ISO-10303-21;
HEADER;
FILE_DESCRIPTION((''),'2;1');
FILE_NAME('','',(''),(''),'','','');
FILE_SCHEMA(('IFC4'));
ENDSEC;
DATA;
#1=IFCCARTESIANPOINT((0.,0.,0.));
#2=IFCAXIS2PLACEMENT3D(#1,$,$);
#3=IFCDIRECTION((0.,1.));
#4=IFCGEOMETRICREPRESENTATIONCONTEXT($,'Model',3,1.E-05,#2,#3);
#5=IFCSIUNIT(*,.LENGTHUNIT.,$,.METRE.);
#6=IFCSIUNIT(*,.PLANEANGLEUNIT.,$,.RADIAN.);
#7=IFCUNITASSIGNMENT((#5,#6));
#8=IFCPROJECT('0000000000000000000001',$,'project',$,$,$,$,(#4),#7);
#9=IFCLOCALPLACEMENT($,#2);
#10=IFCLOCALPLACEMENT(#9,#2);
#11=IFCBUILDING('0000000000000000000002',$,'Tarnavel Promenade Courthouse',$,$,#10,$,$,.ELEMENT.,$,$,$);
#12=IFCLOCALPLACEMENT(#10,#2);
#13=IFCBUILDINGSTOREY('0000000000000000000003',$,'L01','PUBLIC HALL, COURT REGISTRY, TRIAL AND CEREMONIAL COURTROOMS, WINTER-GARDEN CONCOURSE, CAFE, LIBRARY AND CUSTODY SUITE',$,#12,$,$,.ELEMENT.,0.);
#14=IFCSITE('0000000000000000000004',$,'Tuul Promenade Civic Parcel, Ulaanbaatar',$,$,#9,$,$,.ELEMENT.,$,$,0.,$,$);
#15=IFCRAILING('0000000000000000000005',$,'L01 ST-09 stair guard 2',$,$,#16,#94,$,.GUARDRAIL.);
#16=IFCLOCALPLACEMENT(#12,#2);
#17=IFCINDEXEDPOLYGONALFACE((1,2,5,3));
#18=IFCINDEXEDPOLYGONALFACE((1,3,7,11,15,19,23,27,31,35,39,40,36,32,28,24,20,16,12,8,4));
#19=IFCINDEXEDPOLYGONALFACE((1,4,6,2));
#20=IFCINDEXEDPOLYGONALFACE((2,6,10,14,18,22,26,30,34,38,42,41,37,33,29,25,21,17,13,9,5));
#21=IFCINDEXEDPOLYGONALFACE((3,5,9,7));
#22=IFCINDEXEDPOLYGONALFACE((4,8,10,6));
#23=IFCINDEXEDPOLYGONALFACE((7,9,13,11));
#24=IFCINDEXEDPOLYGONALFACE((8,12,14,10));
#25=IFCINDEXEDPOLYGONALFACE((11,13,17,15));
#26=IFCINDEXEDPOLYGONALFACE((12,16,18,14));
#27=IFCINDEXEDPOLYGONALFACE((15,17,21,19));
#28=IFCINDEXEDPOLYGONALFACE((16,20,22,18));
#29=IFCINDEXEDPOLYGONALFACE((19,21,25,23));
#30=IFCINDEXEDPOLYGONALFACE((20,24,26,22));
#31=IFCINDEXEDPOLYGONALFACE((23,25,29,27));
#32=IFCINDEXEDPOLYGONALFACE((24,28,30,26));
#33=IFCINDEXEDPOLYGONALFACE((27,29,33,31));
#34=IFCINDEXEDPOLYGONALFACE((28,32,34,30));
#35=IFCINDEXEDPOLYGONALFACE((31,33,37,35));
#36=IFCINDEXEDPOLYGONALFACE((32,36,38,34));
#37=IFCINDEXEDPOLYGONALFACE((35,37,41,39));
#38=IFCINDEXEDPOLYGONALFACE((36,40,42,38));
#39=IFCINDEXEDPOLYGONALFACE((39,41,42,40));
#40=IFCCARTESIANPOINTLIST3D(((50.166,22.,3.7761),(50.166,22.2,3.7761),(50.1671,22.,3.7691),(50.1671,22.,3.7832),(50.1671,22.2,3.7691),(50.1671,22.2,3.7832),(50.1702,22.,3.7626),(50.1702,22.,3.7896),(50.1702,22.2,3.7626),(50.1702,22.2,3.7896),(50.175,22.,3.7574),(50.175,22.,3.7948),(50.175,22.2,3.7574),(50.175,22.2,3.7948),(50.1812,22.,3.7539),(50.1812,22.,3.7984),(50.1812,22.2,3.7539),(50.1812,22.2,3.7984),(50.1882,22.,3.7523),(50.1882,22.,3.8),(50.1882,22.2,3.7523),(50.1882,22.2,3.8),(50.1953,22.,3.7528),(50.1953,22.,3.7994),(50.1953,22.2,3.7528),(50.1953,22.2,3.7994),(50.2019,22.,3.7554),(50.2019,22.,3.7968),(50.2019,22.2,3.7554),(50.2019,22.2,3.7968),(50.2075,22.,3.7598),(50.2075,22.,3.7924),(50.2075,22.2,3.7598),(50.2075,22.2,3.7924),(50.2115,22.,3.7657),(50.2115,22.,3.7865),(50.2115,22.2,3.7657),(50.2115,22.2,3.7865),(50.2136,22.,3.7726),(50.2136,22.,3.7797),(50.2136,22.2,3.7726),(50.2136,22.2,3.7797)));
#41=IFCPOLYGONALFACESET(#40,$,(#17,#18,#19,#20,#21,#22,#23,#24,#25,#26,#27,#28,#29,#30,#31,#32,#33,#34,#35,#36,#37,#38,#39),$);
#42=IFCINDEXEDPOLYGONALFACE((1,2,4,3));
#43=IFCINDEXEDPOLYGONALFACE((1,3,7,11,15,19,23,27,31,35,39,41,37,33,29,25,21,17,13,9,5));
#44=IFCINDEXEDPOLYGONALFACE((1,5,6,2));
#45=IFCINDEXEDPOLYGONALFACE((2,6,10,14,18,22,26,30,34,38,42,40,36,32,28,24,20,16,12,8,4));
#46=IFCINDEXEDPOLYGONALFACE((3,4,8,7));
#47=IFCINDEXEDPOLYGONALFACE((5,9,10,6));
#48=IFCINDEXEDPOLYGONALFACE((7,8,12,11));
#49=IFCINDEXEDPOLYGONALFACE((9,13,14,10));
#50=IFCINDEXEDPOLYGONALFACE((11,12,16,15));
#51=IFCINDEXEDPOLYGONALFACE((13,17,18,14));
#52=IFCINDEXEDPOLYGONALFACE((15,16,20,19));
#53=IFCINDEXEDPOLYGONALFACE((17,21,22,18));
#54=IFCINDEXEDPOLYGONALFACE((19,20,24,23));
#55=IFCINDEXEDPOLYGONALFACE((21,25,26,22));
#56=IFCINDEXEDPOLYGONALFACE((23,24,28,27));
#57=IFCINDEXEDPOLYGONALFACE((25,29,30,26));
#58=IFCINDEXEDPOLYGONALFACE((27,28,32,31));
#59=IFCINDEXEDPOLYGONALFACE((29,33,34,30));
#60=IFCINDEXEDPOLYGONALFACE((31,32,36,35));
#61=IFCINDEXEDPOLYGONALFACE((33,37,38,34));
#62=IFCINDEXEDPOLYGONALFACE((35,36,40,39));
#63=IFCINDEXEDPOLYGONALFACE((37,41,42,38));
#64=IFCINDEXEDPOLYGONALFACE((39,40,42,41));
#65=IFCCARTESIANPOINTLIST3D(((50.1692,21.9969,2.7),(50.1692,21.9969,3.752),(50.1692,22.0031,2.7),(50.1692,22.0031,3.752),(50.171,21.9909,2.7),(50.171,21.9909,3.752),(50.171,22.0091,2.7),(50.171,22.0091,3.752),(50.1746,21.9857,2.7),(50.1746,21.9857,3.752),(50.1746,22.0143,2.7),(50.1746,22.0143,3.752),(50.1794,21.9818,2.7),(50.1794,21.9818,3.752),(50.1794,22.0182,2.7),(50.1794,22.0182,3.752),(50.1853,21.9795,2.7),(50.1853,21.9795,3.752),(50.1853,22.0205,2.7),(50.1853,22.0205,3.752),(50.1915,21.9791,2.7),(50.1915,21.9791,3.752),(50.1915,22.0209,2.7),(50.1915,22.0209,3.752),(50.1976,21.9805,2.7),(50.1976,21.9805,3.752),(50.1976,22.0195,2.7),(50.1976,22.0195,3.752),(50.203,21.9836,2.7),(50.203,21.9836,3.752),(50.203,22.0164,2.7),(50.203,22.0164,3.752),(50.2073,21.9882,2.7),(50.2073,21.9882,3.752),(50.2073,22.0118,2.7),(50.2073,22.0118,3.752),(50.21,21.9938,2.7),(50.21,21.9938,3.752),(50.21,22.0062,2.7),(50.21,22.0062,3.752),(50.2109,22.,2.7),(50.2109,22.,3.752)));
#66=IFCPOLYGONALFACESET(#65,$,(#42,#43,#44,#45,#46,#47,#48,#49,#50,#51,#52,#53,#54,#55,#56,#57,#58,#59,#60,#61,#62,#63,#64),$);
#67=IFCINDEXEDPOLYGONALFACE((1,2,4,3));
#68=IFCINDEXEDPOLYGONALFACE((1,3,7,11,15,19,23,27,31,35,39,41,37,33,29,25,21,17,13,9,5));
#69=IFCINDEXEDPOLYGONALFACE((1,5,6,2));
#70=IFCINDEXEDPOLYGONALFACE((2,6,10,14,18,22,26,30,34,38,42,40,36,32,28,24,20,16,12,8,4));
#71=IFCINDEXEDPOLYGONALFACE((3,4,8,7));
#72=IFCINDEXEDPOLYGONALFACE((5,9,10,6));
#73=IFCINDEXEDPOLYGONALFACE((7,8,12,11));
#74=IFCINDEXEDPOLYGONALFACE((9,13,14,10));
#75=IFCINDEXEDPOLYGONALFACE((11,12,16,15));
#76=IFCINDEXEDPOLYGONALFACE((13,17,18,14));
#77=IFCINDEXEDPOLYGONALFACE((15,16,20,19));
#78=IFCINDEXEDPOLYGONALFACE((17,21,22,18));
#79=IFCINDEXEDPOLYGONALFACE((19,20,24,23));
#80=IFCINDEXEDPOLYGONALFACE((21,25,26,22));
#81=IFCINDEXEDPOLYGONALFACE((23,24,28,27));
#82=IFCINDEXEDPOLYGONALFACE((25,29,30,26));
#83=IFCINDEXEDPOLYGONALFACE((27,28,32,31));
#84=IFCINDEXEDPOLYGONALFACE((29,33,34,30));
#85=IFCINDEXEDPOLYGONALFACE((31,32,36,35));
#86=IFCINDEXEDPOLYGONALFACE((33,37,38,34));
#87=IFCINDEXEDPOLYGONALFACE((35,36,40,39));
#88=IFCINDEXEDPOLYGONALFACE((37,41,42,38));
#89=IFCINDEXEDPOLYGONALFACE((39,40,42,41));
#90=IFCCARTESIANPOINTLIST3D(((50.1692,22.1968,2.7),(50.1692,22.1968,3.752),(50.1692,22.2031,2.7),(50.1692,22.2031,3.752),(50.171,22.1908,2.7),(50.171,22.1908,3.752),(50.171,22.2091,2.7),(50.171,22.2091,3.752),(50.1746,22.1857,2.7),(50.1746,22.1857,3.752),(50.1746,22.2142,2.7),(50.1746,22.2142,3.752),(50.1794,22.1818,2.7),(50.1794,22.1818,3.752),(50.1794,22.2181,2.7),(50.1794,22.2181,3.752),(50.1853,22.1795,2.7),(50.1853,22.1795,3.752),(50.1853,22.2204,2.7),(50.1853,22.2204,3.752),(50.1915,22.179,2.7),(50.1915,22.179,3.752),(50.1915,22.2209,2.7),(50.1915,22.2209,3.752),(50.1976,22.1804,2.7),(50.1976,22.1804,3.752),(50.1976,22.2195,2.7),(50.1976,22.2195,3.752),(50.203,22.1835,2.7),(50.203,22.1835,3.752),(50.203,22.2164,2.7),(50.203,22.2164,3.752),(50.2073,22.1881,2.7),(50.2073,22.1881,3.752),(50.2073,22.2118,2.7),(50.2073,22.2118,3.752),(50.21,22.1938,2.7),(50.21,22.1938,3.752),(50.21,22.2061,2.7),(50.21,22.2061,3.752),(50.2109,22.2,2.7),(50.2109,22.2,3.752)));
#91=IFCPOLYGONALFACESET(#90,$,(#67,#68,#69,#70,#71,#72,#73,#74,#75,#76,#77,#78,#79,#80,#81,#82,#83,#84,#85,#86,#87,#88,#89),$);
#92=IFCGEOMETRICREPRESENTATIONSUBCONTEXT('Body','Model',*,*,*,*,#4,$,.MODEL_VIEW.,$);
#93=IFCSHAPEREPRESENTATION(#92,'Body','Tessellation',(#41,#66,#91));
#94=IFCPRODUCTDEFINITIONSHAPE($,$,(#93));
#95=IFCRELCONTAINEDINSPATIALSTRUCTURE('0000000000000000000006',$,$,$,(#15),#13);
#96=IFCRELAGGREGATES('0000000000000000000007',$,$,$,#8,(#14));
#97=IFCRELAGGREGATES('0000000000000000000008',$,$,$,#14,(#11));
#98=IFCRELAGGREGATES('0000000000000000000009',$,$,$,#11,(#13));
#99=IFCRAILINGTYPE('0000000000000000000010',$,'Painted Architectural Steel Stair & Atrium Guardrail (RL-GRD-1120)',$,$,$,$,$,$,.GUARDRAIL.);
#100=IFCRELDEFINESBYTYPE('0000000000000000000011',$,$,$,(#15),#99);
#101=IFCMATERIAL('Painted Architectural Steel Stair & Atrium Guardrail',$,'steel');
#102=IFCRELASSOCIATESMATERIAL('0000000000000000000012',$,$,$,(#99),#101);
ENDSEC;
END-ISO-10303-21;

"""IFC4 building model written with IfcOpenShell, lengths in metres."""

from ifc_helpers import new_model, si_unit, direction, frame, origin, origin_2d, place, context, subcontext, project, spatial, circle, extrude, material, type_object, element, save


model = new_model("IFC4")

# Units and contexts
model_context = context("Model", 3, precision=1e-05, world=origin(), true_north=direction((0.0, 1.0)))
body_context = subcontext(model_context, "Body", "Model", "MODEL_VIEW")
ifc_project = project(units=[si_unit("LENGTHUNIT", "METRE"), si_unit("PLANEANGLEUNIT", "RADIAN")], contexts=[model_context])

# Site, building, storey
site_placement = place(None, origin())
site = spatial("IfcSite", under=ifc_project, at=site_placement, Name="Tuul Promenade Civic Parcel, Ulaanbaatar", CompositionType="ELEMENT", RefElevation=0.0)
building_placement = place(site_placement, origin())
building = spatial("IfcBuilding", under=site, at=building_placement, Name="Tarnavel Promenade Courthouse", CompositionType="ELEMENT")
storey_placement = place(building_placement, origin())
storey = spatial("IfcBuildingStorey", under=building, at=storey_placement, Name="L01", Description="PUBLIC HALL, COURT REGISTRY, TRIAL AND CEREMONIAL COURTROOMS, WINTER-GARDEN CONCOURSE, CAFE, LIBRARY AND CUSTODY SUITE", CompositionType="ELEMENT", Elevation=0.0)

# Railing
ifc_material_1 = material(Name="Painted Architectural Steel Stair & Atrium Guardrail", Category="steel")
railing_type_1 = type_object("IfcRailingType", Name="Painted Architectural Steel Stair & Atrium Guardrail (RL-GRD-1120)", PredefinedType="GUARDRAIL", material=ifc_material_1)
railing_1_placement = place(storey_placement, frame((50.1899, 22.0, 2.7)))
element("IfcRailing", 1, at=railing_1_placement, inside=storey, type_object=railing_type_1, Name="L01 ST-09 stair guard 2", PredefinedType="GUARDRAIL", context=body_context, shape_type="SweptSolid", body=[
    extrude(circle(Radius=0.0239, at=origin_2d()), frame((0.0, 0.0, 1.0762), z_axis=(0.0, 1.0, 0.0), x_axis=(-1.0, 0.0, 0.0)), (0.0, 0.0, 1.0), 0.2),
    extrude(circle(Radius=0.021, at=origin_2d()), origin(), (0.0, 0.0, 1.0), 1.052),
    extrude(circle(Radius=0.021, at=origin_2d()), frame((0.0, 0.2, 0.0)), (0.0, 0.0, 1.0), 1.052),
])

save(model, "model.ifc")
